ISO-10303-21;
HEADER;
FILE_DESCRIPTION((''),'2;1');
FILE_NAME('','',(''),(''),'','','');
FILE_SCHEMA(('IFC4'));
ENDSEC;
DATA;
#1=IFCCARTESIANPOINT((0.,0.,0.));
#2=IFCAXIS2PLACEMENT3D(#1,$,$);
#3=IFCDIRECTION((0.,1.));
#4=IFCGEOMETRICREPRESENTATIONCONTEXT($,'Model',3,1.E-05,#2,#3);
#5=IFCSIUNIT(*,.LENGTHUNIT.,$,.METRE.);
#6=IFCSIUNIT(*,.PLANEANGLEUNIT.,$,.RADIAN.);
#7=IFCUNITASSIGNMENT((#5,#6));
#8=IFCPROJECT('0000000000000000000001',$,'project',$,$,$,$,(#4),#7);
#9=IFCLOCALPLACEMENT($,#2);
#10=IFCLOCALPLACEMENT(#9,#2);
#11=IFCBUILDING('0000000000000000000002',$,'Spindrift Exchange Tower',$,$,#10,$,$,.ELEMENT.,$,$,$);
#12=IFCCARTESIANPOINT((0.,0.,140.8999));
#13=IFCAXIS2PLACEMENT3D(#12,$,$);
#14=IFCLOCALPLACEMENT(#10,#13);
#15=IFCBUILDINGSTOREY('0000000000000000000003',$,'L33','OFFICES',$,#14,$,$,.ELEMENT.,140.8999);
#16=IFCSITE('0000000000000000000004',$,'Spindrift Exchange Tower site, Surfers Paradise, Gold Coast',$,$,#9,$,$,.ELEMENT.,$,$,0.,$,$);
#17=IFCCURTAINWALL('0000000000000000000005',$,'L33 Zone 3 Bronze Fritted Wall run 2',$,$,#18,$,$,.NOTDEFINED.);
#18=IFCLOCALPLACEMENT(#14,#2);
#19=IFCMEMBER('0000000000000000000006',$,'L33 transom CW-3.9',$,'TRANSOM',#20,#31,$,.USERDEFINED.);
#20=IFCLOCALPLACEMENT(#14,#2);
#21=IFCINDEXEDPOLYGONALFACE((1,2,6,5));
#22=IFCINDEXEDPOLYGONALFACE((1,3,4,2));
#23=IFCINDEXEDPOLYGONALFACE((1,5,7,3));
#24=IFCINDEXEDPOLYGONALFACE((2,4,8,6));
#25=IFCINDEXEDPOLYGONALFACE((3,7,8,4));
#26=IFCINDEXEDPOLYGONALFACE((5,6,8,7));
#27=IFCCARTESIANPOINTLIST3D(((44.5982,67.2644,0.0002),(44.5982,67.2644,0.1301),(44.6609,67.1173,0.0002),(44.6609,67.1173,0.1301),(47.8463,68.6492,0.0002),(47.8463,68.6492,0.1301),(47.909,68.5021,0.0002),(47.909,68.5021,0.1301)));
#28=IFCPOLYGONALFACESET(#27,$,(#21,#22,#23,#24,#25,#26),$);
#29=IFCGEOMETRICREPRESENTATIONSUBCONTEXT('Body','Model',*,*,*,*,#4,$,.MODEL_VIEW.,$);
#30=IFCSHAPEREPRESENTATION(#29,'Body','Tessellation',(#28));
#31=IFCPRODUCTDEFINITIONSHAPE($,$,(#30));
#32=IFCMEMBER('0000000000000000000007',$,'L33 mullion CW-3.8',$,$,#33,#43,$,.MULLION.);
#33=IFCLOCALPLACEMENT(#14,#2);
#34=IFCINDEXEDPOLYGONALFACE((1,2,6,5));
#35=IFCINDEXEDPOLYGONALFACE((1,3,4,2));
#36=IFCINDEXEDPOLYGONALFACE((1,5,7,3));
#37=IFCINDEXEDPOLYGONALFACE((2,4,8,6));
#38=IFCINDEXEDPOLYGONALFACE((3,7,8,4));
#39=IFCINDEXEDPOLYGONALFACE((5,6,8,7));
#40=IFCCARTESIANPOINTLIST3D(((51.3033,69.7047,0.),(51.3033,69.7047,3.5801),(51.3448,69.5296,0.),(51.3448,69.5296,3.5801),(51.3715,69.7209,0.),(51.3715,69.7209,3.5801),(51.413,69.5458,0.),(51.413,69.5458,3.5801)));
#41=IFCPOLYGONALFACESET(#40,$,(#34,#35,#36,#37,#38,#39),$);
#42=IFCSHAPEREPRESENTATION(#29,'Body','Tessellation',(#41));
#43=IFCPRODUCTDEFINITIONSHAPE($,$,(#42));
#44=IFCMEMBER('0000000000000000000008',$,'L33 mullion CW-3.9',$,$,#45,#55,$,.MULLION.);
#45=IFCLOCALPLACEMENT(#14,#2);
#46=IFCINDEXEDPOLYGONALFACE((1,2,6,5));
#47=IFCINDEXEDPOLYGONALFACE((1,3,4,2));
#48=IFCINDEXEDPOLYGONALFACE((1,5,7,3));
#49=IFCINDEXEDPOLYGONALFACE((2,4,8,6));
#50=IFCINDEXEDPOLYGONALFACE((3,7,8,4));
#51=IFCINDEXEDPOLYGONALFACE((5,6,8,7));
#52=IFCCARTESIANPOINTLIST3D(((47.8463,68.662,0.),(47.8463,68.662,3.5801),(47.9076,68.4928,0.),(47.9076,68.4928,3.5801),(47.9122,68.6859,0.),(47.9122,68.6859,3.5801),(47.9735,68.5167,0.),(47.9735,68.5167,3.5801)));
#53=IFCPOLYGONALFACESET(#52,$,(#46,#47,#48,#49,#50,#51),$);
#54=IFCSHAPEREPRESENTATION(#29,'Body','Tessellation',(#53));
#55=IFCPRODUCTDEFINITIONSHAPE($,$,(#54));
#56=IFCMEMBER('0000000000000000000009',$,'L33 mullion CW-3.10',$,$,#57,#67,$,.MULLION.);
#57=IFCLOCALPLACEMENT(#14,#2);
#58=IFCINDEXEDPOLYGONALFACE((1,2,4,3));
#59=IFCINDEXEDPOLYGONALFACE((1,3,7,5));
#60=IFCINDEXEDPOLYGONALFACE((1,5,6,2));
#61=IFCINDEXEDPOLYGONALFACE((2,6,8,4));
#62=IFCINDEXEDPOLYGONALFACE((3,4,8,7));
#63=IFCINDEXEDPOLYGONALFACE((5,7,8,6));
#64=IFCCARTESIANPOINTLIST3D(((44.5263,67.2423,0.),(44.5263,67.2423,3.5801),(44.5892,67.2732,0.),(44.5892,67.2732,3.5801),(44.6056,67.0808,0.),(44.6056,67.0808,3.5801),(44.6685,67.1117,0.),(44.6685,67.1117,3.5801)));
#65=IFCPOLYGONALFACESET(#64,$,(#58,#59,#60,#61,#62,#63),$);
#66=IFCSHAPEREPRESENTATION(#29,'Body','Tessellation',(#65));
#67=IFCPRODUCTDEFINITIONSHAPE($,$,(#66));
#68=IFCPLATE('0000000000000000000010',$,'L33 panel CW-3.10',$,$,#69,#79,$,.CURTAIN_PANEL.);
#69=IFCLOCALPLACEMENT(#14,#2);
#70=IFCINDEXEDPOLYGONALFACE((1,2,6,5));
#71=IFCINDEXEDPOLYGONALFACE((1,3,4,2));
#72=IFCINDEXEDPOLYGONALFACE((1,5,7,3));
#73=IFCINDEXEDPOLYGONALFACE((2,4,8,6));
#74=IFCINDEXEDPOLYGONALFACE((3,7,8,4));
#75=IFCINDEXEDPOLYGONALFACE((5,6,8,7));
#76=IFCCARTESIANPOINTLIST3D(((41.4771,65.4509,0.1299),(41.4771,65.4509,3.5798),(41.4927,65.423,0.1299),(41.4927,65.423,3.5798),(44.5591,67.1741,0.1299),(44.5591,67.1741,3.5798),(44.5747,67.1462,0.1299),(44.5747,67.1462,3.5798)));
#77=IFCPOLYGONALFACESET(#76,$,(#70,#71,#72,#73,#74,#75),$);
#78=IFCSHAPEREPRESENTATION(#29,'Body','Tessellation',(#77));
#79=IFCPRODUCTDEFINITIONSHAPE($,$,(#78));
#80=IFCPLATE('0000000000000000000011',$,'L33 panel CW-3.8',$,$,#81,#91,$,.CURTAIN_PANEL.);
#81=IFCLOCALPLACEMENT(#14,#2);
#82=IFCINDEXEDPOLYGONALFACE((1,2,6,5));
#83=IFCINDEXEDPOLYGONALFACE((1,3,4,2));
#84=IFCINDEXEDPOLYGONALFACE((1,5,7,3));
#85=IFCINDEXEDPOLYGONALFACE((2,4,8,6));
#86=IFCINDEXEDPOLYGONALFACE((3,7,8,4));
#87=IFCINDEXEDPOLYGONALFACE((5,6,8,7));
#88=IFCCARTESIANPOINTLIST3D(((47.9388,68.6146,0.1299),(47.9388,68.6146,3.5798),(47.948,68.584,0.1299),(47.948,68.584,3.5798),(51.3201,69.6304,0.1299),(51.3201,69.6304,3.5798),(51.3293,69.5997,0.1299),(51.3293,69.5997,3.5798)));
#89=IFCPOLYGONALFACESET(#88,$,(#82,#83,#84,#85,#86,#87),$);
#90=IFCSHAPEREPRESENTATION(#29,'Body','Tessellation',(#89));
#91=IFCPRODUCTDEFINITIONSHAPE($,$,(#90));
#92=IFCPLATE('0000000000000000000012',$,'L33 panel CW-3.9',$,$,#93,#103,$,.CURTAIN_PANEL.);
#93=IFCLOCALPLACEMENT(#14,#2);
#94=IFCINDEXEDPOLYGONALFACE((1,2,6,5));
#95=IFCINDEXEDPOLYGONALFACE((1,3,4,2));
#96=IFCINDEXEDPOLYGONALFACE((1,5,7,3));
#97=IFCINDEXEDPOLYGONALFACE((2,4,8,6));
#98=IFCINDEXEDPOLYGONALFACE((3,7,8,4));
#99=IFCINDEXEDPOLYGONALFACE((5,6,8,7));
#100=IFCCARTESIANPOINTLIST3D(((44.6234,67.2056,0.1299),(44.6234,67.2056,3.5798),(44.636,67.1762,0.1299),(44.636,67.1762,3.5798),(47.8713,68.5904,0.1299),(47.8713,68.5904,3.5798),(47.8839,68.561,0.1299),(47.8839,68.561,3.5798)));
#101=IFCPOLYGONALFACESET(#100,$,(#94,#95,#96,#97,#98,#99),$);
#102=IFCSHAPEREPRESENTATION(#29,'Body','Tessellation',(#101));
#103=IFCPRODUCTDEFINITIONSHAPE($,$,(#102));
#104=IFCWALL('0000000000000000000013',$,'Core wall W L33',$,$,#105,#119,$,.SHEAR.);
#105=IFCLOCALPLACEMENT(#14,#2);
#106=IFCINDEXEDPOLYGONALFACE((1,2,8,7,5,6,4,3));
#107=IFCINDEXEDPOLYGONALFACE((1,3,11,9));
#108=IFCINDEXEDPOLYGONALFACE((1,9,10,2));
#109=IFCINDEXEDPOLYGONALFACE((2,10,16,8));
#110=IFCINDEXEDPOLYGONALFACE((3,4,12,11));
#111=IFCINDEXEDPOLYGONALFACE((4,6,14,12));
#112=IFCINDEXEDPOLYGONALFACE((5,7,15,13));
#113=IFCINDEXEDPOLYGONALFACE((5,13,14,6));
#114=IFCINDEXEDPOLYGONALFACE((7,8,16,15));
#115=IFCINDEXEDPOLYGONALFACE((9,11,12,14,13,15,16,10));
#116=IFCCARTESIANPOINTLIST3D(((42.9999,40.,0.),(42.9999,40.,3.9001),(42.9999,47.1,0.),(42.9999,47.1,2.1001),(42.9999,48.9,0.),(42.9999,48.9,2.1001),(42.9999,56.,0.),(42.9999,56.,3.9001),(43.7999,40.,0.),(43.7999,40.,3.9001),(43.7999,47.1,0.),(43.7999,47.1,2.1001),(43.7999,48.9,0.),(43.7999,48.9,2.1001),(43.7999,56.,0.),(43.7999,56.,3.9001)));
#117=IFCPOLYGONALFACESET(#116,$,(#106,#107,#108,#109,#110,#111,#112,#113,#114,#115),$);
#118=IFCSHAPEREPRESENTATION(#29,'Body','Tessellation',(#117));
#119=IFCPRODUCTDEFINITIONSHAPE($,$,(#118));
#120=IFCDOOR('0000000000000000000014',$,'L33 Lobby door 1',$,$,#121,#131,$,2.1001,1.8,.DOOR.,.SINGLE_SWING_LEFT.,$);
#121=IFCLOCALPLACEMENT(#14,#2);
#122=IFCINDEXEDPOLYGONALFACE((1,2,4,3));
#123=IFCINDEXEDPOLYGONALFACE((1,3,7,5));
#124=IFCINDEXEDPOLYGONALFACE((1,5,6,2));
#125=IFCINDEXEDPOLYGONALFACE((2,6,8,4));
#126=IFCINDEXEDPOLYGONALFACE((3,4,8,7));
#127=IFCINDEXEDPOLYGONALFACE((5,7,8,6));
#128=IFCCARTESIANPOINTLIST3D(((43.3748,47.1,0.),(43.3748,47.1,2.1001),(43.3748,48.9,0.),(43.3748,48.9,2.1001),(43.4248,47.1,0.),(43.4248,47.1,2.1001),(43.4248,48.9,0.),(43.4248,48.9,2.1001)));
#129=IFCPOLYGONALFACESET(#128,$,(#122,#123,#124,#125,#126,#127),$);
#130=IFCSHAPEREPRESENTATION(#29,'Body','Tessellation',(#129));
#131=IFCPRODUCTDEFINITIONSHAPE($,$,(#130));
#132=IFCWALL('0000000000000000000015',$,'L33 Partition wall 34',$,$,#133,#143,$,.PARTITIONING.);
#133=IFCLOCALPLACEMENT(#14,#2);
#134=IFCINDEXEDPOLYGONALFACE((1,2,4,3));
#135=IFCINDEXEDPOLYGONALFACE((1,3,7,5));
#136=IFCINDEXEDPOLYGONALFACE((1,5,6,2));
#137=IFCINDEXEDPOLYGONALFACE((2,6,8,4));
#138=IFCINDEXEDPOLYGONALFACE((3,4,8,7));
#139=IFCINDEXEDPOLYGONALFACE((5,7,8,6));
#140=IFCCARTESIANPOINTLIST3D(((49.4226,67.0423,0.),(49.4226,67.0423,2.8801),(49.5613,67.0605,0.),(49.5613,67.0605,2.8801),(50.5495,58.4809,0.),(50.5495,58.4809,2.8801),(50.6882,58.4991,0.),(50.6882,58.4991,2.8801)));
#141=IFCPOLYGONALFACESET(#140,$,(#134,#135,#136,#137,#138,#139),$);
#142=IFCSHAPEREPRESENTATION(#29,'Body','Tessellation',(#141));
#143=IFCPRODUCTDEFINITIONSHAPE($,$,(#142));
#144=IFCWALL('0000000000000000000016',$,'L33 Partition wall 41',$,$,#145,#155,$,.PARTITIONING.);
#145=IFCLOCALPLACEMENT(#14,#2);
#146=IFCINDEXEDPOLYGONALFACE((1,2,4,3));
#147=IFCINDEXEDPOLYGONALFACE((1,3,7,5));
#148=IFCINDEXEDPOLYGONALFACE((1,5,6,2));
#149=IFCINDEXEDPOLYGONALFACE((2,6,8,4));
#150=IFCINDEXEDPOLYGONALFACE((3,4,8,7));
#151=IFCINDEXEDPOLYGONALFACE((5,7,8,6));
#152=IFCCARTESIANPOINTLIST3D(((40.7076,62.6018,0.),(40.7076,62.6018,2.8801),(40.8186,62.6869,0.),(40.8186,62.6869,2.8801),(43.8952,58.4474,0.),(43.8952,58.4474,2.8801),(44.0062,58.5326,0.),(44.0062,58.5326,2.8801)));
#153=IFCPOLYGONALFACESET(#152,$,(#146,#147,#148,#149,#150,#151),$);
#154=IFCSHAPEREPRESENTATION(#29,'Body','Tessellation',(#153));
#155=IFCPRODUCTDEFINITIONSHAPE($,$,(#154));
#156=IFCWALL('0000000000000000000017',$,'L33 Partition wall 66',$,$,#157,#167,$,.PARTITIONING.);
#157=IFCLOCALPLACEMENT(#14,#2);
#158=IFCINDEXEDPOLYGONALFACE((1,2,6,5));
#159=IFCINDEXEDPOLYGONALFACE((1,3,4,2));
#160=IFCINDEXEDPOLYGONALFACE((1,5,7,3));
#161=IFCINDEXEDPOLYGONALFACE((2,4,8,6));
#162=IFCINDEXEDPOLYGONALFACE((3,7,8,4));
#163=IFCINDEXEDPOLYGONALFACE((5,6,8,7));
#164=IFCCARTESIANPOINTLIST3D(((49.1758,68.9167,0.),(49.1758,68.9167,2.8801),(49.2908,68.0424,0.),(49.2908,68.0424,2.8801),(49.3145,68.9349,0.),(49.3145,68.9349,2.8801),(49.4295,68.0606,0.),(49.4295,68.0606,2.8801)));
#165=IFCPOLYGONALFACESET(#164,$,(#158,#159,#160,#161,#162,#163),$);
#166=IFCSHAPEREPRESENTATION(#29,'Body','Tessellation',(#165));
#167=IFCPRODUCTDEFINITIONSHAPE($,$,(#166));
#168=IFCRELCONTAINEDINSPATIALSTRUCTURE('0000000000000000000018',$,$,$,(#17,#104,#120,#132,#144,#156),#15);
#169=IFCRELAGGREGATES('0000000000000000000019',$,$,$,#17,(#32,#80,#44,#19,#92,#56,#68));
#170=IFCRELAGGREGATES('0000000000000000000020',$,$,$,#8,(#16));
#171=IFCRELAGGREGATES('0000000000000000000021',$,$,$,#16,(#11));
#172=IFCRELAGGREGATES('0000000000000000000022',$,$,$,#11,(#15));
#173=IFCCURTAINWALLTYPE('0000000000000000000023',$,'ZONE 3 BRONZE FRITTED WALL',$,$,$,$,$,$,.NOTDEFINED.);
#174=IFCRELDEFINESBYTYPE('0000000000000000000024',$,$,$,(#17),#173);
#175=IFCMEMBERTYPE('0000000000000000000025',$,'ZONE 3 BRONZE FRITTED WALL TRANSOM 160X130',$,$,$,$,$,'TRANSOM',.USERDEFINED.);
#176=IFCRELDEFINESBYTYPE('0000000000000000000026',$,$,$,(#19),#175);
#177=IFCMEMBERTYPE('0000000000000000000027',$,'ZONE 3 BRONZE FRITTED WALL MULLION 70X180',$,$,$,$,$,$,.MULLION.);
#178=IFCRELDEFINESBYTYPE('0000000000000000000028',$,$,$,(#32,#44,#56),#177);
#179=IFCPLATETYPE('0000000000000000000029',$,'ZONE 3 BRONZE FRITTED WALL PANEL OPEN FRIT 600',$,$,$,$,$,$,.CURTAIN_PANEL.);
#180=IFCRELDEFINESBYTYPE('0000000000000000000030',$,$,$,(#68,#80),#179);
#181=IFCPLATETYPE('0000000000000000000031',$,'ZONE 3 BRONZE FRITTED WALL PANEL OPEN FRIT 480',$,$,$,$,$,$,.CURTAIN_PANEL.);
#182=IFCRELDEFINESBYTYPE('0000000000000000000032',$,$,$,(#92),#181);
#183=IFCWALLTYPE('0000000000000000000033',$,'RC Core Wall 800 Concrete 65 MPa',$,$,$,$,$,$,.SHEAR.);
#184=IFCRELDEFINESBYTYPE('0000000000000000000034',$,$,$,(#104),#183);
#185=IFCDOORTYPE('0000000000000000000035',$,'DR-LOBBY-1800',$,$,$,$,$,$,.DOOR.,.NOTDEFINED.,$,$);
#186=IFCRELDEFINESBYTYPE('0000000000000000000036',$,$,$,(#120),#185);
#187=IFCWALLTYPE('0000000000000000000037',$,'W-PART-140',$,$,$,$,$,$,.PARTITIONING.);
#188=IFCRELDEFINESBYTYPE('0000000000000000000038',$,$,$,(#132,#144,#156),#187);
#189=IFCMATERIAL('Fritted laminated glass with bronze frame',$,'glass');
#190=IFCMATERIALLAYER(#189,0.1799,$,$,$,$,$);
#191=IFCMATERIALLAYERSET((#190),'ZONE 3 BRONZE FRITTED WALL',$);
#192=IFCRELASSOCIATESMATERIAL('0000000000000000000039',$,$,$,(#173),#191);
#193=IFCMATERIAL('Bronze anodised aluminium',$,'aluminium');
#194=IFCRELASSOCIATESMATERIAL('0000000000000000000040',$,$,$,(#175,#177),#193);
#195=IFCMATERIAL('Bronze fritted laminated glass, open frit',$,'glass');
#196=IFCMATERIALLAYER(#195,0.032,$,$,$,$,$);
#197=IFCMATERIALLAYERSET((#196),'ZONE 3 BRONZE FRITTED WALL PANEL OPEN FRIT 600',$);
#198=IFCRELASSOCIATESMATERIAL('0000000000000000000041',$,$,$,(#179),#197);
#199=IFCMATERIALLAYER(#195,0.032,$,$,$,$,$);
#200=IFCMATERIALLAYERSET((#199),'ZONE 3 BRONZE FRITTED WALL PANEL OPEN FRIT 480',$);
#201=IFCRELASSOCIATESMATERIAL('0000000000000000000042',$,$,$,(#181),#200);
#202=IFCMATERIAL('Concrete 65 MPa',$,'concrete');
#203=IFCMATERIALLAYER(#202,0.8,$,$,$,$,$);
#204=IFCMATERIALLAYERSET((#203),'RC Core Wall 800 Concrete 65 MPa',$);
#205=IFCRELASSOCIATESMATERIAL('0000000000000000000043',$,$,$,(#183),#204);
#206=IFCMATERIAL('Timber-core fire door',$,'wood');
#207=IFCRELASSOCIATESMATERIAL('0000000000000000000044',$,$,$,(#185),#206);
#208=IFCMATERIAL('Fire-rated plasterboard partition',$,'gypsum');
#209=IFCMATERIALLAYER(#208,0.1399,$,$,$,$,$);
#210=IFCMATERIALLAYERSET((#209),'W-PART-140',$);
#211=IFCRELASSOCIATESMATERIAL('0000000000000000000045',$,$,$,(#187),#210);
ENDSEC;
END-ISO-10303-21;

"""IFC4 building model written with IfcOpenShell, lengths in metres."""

from ifc_helpers import new_model, si_unit, direction, frame, frame_2d, origin, origin_2d, place, context, subcontext, project, spatial, rectangle, extrude, source, transform, mapped, material, layer, layer_set, material_profile, profile_set, type_object, element, fill, aggregate, save


model = new_model("IFC4")

# Units and contexts
model_context = context("Model", 3, precision=1e-05, world=origin(), true_north=direction((0.0, 1.0)))
body_context = subcontext(model_context, "Body", "Model", "MODEL_VIEW")
ifc_project = project(units=[si_unit("LENGTHUNIT", "METRE"), si_unit("PLANEANGLEUNIT", "RADIAN")], contexts=[model_context])

# Site, building, storey
site_placement = place(None, origin())
site = spatial("IfcSite", under=ifc_project, at=site_placement, Name="Spindrift Exchange Tower site, Surfers Paradise, Gold Coast", CompositionType="ELEMENT", RefElevation=0.0)
building_placement = place(site_placement, origin())
building = spatial("IfcBuilding", under=site, at=building_placement, Name="Spindrift Exchange Tower", CompositionType="ELEMENT")
storey_placement = place(building_placement, frame((0.0, 0.0, 140.8999)))
storey = spatial("IfcBuildingStorey", under=building, at=storey_placement, Name="L33", Description="OFFICES", CompositionType="ELEMENT", Elevation=140.8999)

# Curtain wall, members, plates
ifc_material_1 = material(Name="Fritted laminated glass with bronze frame", Category="glass")
ifc_layer_1 = layer(ifc_material_1, 0.1799)
ifc_layer_set_1 = layer_set([ifc_layer_1], Name="ZONE 3 BRONZE FRITTED WALL")
curtain_wall_type = type_object("IfcCurtainWallType", Name="ZONE 3 BRONZE FRITTED WALL", PredefinedType="NOTDEFINED", material=ifc_layer_set_1)
curtain_wall_placement = place(storey_placement, origin())
curtain_wall = element("IfcCurtainWall", 1, at=curtain_wall_placement, inside=storey, type_object=curtain_wall_type, Name="L33 Zone 3 Bronze Fritted Wall run 2", PredefinedType="NOTDEFINED")
ifc_material_2 = material(Name="Bronze anodised aluminium", Category="aluminium")
ifc_material_profile_1 = material_profile(ifc_material_2, rectangle(XDim=0.1599, YDim=0.1299, at=origin_2d()), Name="ZONE 3 BRONZE FRITTED WALL TRANSOM 160X130")
ifc_profile_set_1 = profile_set([ifc_material_profile_1], Name="Bronze anodised aluminium")
member_type_1 = type_object("IfcMemberType", Name="ZONE 3 BRONZE FRITTED WALL TRANSOM 160X130", ElementType="TRANSOM", PredefinedType="USERDEFINED", material=ifc_profile_set_1)
shared_shape_1 = source(origin(), body_context, "Body", "SweptSolid", [
    extrude(rectangle(XDim=0.1599, YDim=0.1299, at=origin_2d()), origin(), (0.0, 0.0, 1.0), 3.531),
])
member_1_placement = place(storey_placement, frame((47.8777, 68.5757, 0.0652), z_axis=(-0.919887, -0.392183, 0.0), x_axis=(0.392183, -0.919887, 0.0)))
member_1 = element("IfcMember", 2, at=member_1_placement, type_object=member_type_1, Name="L33 transom CW-3.9", ObjectType="TRANSOM", PredefinedType="USERDEFINED", context=body_context, shape_type="MappedRepresentation", body=[
    mapped(shared_shape_1, transform((0.0, 0.0, 0.0), scale=1.0)),
])
ifc_material_profile_2 = material_profile(ifc_material_2, rectangle(XDim=0.0701, YDim=0.1799, at=origin_2d()), Name="ZONE 3 BRONZE FRITTED WALL MULLION 70X180")
ifc_profile_set_2 = profile_set([ifc_material_profile_2], Name="Bronze anodised aluminium")
member_type_2 = type_object("IfcMemberType", Name="ZONE 3 BRONZE FRITTED WALL MULLION 70X180", PredefinedType="MULLION", material=ifc_profile_set_2)
shared_shape_2 = source(origin(), body_context, "Body", "SweptSolid", [
    extrude(rectangle(XDim=0.0701, YDim=0.1799, at=origin_2d()), origin(), (0.0, 0.0, 1.0), 3.5801),
])
member_2_placement = place(storey_placement, frame((51.3582, 69.6252, 0.0), z_axis=(0.0, 0.0, 1.0), x_axis=(-0.97305, -0.230593, 0.0)))
member_2 = element("IfcMember", 3, at=member_2_placement, type_object=member_type_2, Name="L33 mullion CW-3.8", PredefinedType="MULLION", context=body_context, shape_type="MappedRepresentation", body=[
    mapped(shared_shape_2, transform((0.0, 0.0, 0.0), scale=1.0)),
])
member_3_placement = place(storey_placement, frame((47.9099, 68.5894, 0.0), z_axis=(0.0, 0.0, 1.0), x_axis=(-0.940255, -0.340472, 0.0)))
member_3 = element("IfcMember", 4, at=member_3_placement, type_object=member_type_2, Name="L33 mullion CW-3.9", PredefinedType="MULLION", context=body_context, shape_type="MappedRepresentation", body=[
    mapped(shared_shape_2, transform((0.0, 0.0, 0.0), scale=1.0)),
])
member_4_placement = place(storey_placement, frame((44.5974, 67.177, 0.0), z_axis=(0.0, 0.0, 1.0), x_axis=(-0.897639, -0.440732, 0.0)))
member_4 = element("IfcMember", 5, at=member_4_placement, type_object=member_type_2, Name="L33 mullion CW-3.10", PredefinedType="MULLION", context=body_context, shape_type="MappedRepresentation", body=[
    mapped(shared_shape_2, transform((0.0, 0.0, 0.0), scale=1.0)),
])
ifc_material_3 = material(Name="Bronze fritted laminated glass, open frit", Category="glass")
ifc_layer_2 = layer(ifc_material_3, 0.032)
ifc_layer_set_2 = layer_set([ifc_layer_2], Name="ZONE 3 BRONZE FRITTED WALL PANEL OPEN FRIT 600")
plate_type_1 = type_object("IfcPlateType", Name="ZONE 3 BRONZE FRITTED WALL PANEL OPEN FRIT 600", PredefinedType="CURTAIN_PANEL", material=ifc_layer_set_2)
shared_shape_3 = source(origin(), body_context, "Body", "SweptSolid", [
    extrude(rectangle(XDim=3.531, YDim=0.032, at=origin_2d()), origin(), (0.0, 0.0, 1.0), 3.45),
])
plate_1_placement = place(storey_placement, frame((43.0259, 66.2986, 0.1299), z_axis=(0.0, 0.0, 1.0), x_axis=(-0.872835, -0.488015, 0.0)))
plate_1 = element("IfcPlate", 6, at=plate_1_placement, type_object=plate_type_1, Name="L33 panel CW-3.10", PredefinedType="CURTAIN_PANEL", context=body_context, shape_type="MappedRepresentation", body=[
    mapped(shared_shape_3, transform((0.0, 0.0, 0.0), scale=1.0)),
])
shared_shape_4 = source(origin(), body_context, "Body", "SweptSolid", [
    extrude(rectangle(XDim=3.5305, YDim=0.032, at=origin_2d()), origin(), (0.0, 0.0, 1.0), 3.45),
])
plate_2_placement = place(storey_placement, frame((49.634, 69.1072, 0.1299), z_axis=(0.0, 0.0, 1.0), x_axis=(-0.957721, -0.2877, 0.0)))
plate_2 = element("IfcPlate", 7, at=plate_2_placement, type_object=plate_type_1, Name="L33 panel CW-3.8", PredefinedType="CURTAIN_PANEL", context=body_context, shape_type="MappedRepresentation", body=[
    mapped(shared_shape_4, transform((0.0, 0.0, 0.0), scale=1.0)),
])
ifc_layer_3 = layer(ifc_material_3, 0.032)
ifc_layer_set_3 = layer_set([ifc_layer_3], Name="ZONE 3 BRONZE FRITTED WALL PANEL OPEN FRIT 480")
plate_type_2 = type_object("IfcPlateType", Name="ZONE 3 BRONZE FRITTED WALL PANEL OPEN FRIT 480", PredefinedType="CURTAIN_PANEL", material=ifc_layer_set_3)
shared_shape_5 = source(origin(), body_context, "Body", "SweptSolid", [
    extrude(rectangle(XDim=3.5308, YDim=0.032, at=origin_2d()), origin(), (0.0, 0.0, 1.0), 3.45),
])
plate_3_placement = place(storey_placement, frame((46.2537, 67.8833, 0.1299), z_axis=(0.0, 0.0, 1.0), x_axis=(-0.919883, -0.392193, 0.0)))
plate_3 = element("IfcPlate", 8, at=plate_3_placement, type_object=plate_type_2, Name="L33 panel CW-3.9", PredefinedType="CURTAIN_PANEL", context=body_context, shape_type="MappedRepresentation", body=[
    mapped(shared_shape_5, transform((0.0, 0.0, 0.0), scale=1.0)),
])
aggregate(curtain_wall, [member_2, plate_2, member_3, member_1, plate_3, member_4, plate_1])

# Wall, opening, door
ifc_material_4 = material(Name="Concrete 65 MPa", Category="concrete")
ifc_layer_4 = layer(ifc_material_4, 0.8)
ifc_layer_set_4 = layer_set([ifc_layer_4], Name="RC Core Wall 800 Concrete 65 MPa")
wall_type_1 = type_object("IfcWallType", Name="RC Core Wall 800 Concrete 65 MPa", PredefinedType="SHEAR", material=ifc_layer_set_4)
wall_1_placement = place(storey_placement, frame((43.3999, 56.0, 0.0), z_axis=(0.0, 0.0, 1.0), x_axis=(0.0, -1.0, 0.0)))
wall_1 = element("IfcWall", 9, at=wall_1_placement, inside=storey, type_object=wall_type_1, Name="Core wall W L33", PredefinedType="SHEAR", context=body_context, shape_type="SweptSolid", body=[
    extrude(rectangle(XDim=16.0, YDim=0.8, at=frame_2d((8.0, 0.0))), origin(), (0.0, 0.0, 1.0), 3.9001),
])
opening_placement = place(wall_1_placement, frame((7.1001, 0.0, 0.0)))
opening = element("IfcOpeningElement", 10, at=opening_placement, cuts=wall_1, PredefinedType="OPENING", context=body_context, shape_type="SweptSolid", body=[
    extrude(rectangle(XDim=1.8, YDim=2.1001, at=frame_2d((0.8999, 1.05))), frame((0.0, 0.4099, 0.0), z_axis=(0.0, -1.0, 0.0), x_axis=(1.0, 0.0, 0.0)), (0.0, 0.0, 1.0), 0.8201),
])
ifc_material_5 = material(Name="Timber-core fire door", Category="wood")
door_type = type_object("IfcDoorType", Name="DR-LOBBY-1800", OperationType="NOTDEFINED", PredefinedType="DOOR", material=ifc_material_5)
shared_shape_6 = source(origin(), body_context, "Body", "SweptSolid", [
    extrude(rectangle(XDim=1.8, YDim=2.1001, at=frame_2d((0.8999, 1.05))), frame((0.0, 0.0249, 0.0), z_axis=(0.0, -1.0, 0.0), x_axis=(1.0, 0.0, 0.0)), (0.0, 0.0, 1.0), 0.05),
])
door_placement = place(opening_placement, origin())
door = element("IfcDoor", 11, at=door_placement, inside=storey, type_object=door_type, Name="L33 Lobby door 1", OperationType="SINGLE_SWING_LEFT", OverallHeight=2.1001, OverallWidth=1.8, PredefinedType="DOOR", context=body_context, shape_type="MappedRepresentation", body=[
    mapped(shared_shape_6, transform((0.0, 0.0, 0.0), scale=1.0)),
])
fill(opening, door)

# Walls
ifc_material_6 = material(Name="Fire-rated plasterboard partition", Category="gypsum")
ifc_layer_5 = layer(ifc_material_6, 0.1399)
ifc_layer_set_5 = layer_set([ifc_layer_5], Name="W-PART-140")
wall_type_2 = type_object("IfcWallType", Name="W-PART-140", PredefinedType="PARTITIONING", material=ifc_layer_set_5)
wall_2_placement = place(storey_placement, frame((50.6189, 58.49, 0.0), z_axis=(0.0, 0.0, 1.0), x_axis=(-0.130508, 0.991447, 0.0)))
element("IfcWall", 12, at=wall_2_placement, inside=storey, type_object=wall_type_2, Name="L33 Partition wall 34", PredefinedType="PARTITIONING", context=body_context, shape_type="SweptSolid", body=[
    extrude(rectangle(XDim=8.6353, YDim=0.1399, at=frame_2d((4.3176, 0.0))), origin(), (0.0, 0.0, 1.0), 2.8801),
])
wall_3_placement = place(storey_placement, frame((43.9507, 58.49, 0.0), z_axis=(0.0, 0.0, 1.0), x_axis=(-0.608737, 0.793372, 0.0)))
element("IfcWall", 13, at=wall_3_placement, inside=storey, type_object=wall_type_2, Name="L33 Partition wall 41", PredefinedType="PARTITIONING", context=body_context, shape_type="SweptSolid", body=[
    extrude(rectangle(XDim=5.2363, YDim=0.1399, at=frame_2d((2.6182, 0.0))), origin(), (0.0, 0.0, 1.0), 2.8801),
])
wall_4_placement = place(storey_placement, frame((49.3601, 68.0515, 0.0), z_axis=(0.0, 0.0, 1.0), x_axis=(-0.130404, 0.991461, 0.0)))
element("IfcWall", 14, at=wall_4_placement, inside=storey, type_object=wall_type_2, Name="L33 Partition wall 66", PredefinedType="PARTITIONING", context=body_context, shape_type="SweptSolid", body=[
    extrude(rectangle(XDim=0.8818, YDim=0.1399, at=frame_2d((0.4409, 0.0))), origin(), (0.0, 0.0, 1.0), 2.8801),
])

save(model, "model.ifc")
